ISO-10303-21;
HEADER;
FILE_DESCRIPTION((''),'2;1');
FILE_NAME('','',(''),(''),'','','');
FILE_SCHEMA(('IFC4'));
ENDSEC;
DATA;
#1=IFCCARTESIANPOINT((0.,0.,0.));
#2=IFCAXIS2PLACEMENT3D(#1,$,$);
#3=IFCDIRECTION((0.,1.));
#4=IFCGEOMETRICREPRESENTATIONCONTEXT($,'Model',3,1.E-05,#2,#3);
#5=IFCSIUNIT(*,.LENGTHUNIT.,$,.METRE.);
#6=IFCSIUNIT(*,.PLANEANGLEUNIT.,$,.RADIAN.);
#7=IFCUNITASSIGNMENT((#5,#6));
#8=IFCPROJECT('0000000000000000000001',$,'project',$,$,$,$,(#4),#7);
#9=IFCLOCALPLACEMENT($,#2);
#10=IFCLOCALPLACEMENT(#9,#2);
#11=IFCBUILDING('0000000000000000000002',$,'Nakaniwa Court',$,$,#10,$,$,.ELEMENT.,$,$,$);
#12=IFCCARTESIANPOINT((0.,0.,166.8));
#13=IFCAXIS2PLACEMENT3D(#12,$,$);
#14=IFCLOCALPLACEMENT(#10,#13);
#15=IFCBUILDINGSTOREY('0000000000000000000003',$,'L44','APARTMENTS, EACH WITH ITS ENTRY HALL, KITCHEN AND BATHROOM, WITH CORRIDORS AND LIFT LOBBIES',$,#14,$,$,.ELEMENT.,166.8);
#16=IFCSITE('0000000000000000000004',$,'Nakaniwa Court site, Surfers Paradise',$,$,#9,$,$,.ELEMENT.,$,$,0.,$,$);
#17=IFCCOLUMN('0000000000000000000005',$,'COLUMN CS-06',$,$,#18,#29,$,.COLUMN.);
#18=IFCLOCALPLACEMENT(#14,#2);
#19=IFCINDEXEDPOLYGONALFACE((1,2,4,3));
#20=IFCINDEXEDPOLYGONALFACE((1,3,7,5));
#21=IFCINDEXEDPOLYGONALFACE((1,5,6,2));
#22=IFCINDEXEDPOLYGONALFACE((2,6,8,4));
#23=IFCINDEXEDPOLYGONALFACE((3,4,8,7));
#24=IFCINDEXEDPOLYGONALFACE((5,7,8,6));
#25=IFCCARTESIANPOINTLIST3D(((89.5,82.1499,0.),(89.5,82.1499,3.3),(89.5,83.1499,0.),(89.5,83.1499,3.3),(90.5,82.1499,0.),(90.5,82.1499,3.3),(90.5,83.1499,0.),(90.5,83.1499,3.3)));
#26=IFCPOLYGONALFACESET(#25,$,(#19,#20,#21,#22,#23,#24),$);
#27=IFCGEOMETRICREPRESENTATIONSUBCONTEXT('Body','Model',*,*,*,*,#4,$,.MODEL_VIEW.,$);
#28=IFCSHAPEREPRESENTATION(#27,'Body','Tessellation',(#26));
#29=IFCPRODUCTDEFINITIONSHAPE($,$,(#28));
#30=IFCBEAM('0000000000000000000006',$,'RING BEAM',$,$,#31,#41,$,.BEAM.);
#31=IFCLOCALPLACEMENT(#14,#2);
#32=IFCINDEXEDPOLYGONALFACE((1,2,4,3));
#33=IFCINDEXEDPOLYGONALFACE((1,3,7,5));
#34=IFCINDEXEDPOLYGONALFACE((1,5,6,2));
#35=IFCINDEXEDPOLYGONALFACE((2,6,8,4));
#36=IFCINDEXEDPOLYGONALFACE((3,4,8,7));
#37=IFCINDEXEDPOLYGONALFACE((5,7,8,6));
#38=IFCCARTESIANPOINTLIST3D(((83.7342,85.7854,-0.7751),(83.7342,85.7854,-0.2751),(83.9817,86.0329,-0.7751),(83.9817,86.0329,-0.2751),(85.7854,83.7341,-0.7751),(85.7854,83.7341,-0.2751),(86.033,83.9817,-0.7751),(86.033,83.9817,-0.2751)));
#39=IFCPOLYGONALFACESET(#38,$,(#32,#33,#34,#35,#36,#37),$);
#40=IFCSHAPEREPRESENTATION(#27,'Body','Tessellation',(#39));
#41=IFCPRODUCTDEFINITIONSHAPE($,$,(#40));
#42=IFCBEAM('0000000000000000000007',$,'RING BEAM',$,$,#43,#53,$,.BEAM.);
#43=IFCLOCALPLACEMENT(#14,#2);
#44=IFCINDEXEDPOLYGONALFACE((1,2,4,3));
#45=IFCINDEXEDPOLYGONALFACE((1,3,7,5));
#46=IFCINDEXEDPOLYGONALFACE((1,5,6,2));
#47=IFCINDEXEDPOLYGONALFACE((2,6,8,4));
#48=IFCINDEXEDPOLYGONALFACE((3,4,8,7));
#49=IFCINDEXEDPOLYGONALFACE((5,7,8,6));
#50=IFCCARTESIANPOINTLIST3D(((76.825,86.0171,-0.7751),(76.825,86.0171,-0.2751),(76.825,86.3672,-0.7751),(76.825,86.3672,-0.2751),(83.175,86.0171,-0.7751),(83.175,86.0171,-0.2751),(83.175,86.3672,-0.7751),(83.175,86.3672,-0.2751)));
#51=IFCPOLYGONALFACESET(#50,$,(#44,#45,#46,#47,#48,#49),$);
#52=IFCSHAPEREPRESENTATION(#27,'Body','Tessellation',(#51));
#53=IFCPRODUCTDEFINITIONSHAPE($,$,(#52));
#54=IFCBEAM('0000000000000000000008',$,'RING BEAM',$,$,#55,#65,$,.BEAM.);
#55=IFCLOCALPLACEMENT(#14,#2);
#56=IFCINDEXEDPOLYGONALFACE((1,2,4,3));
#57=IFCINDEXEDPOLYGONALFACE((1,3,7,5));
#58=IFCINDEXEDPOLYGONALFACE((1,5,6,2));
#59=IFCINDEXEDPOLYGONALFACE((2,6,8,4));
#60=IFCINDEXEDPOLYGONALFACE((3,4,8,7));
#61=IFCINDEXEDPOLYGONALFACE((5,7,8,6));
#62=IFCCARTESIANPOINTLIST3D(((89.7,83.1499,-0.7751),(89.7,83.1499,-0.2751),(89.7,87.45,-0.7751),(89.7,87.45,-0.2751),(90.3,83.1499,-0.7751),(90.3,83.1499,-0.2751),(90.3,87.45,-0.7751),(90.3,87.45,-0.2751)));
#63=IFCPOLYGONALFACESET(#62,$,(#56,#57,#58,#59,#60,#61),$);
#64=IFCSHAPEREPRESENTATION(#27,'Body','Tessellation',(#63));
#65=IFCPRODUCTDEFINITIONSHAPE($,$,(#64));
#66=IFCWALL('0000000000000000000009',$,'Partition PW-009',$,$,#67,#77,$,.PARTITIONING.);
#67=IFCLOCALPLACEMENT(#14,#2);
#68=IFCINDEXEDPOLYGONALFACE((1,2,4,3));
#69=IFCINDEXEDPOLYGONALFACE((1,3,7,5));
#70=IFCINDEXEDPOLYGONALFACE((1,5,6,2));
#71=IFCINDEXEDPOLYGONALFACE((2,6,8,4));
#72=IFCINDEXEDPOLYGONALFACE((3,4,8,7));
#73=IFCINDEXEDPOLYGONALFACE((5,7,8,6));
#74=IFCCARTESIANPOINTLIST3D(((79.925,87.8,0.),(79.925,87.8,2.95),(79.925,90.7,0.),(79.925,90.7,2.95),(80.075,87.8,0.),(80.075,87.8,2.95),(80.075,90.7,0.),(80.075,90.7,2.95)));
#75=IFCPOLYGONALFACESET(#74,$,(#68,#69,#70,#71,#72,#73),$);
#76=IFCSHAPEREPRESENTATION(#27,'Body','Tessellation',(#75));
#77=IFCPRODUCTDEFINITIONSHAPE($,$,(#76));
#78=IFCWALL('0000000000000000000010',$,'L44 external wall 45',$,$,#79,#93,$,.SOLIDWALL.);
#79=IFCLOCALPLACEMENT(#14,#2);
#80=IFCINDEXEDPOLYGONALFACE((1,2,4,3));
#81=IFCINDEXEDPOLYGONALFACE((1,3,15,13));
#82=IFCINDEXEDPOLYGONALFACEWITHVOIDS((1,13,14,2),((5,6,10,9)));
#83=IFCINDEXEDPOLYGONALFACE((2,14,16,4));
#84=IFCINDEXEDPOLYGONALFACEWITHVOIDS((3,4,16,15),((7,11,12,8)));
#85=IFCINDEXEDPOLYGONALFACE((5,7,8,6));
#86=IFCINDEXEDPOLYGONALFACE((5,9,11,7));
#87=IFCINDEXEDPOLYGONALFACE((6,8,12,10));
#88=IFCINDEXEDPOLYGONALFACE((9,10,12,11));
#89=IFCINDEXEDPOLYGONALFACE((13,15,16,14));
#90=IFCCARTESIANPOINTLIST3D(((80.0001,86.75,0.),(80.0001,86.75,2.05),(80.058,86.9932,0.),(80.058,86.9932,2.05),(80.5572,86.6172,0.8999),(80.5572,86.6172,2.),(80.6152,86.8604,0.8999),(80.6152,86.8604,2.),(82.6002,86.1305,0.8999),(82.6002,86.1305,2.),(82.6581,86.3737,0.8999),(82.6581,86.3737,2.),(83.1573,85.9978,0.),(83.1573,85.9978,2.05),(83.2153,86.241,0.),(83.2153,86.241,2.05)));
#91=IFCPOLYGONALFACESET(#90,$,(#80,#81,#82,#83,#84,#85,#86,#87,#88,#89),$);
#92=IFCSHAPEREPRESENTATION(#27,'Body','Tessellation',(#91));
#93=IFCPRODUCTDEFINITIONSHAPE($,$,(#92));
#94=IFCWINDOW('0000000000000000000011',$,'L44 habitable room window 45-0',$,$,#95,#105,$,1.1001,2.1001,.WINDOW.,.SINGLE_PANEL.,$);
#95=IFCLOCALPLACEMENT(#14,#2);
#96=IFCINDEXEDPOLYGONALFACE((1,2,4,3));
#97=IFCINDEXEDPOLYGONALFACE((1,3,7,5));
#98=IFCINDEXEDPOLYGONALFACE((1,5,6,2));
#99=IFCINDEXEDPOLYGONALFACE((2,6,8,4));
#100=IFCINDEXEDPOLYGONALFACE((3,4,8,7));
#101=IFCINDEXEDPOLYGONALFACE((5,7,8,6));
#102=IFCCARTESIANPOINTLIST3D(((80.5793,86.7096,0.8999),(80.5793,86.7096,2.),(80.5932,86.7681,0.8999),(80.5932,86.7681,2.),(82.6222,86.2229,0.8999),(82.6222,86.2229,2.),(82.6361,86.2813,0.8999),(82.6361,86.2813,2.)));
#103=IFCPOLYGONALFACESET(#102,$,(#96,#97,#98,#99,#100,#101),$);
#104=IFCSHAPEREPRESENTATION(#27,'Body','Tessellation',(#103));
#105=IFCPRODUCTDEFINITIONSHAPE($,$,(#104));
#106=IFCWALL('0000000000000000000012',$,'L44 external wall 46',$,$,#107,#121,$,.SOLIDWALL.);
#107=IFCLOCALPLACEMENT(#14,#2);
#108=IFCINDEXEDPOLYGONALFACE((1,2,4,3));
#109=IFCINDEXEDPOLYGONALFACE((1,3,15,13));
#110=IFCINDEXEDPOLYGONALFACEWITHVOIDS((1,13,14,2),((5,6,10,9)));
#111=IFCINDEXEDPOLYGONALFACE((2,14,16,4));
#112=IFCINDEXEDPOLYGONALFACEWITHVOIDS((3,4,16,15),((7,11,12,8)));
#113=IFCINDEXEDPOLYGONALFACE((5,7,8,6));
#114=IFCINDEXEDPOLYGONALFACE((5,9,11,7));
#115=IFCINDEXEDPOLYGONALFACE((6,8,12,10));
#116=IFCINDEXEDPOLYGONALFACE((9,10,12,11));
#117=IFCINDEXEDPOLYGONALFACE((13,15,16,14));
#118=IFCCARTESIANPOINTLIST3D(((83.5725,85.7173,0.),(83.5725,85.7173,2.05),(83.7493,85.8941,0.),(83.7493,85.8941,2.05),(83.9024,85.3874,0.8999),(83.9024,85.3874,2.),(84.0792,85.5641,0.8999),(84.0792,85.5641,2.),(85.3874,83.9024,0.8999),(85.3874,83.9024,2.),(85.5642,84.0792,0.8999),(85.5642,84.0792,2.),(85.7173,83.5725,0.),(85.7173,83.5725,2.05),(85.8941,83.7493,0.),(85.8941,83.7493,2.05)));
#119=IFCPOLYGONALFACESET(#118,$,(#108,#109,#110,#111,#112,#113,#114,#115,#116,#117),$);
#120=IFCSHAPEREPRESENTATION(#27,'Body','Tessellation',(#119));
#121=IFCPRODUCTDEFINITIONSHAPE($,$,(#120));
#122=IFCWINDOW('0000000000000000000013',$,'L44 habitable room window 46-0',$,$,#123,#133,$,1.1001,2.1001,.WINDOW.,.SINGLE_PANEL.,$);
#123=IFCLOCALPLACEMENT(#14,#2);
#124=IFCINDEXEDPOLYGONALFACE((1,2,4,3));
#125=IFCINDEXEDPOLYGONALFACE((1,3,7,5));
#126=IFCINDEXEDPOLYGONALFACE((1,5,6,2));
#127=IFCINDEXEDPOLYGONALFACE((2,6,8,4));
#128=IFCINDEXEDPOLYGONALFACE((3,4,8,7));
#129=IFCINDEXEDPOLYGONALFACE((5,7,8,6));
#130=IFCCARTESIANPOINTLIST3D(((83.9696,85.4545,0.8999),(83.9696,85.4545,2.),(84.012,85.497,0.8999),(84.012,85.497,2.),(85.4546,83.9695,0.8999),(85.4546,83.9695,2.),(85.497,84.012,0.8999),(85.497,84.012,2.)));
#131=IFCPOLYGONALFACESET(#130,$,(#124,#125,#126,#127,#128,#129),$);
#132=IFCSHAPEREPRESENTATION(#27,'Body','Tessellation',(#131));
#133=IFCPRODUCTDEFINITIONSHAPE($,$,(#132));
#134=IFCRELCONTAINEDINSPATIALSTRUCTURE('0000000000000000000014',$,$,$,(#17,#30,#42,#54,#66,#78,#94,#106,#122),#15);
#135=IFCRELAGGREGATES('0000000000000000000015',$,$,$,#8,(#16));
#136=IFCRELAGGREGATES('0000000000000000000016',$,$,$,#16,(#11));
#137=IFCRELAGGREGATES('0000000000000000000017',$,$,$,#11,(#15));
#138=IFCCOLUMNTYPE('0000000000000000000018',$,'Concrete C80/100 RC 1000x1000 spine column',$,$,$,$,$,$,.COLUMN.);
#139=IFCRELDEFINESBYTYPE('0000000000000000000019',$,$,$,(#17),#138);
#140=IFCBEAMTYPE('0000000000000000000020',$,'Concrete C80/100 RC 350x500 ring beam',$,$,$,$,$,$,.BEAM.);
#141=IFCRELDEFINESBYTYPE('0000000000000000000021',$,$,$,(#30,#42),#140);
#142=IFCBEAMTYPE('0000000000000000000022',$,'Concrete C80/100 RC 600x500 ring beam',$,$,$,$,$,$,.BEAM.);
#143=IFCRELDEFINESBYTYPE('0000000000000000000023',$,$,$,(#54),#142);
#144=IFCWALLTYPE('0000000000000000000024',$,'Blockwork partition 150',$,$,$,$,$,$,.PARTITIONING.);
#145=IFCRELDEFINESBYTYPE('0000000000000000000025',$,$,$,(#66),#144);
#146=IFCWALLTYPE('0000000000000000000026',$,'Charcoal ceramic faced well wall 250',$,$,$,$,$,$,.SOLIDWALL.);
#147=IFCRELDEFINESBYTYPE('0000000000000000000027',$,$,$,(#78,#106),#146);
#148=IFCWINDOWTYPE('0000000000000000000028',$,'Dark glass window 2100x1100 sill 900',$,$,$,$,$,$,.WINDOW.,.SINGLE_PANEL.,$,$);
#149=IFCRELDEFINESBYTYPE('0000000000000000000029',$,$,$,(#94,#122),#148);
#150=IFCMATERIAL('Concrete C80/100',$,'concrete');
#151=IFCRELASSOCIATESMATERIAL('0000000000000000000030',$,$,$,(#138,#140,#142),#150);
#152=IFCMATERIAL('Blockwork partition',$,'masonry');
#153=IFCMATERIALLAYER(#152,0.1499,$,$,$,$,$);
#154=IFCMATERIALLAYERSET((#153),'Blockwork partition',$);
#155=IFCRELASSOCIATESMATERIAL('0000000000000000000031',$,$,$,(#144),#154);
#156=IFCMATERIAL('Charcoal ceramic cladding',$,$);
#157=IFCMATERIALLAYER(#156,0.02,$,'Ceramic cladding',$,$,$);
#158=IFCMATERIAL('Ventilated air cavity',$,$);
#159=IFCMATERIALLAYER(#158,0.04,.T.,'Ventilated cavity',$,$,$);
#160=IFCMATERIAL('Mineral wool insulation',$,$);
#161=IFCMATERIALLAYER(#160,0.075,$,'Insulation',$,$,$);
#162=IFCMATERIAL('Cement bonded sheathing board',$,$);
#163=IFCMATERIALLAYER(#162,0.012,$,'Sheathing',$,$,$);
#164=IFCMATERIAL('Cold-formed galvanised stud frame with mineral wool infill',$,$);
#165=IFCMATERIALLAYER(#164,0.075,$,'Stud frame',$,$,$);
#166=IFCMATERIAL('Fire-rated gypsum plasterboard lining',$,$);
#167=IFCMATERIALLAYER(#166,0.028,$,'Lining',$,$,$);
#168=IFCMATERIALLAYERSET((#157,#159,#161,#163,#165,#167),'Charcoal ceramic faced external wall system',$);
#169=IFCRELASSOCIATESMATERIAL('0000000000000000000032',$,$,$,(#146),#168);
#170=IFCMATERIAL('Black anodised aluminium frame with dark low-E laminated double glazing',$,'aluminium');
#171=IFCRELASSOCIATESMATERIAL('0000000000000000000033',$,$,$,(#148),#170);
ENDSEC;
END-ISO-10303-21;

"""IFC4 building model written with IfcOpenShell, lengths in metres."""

from ifc_helpers import new_model, si_unit, direction, frame, frame_2d, origin, origin_2d, place, context, subcontext, project, spatial, rectangle, extrude, material, layer, layer_set, material_profile, profile_set, type_object, element, fill, save


model = new_model("IFC4")

# Units and contexts
model_context = context("Model", 3, precision=1e-05, world=origin(), true_north=direction((0.0, 1.0)))
body_context = subcontext(model_context, "Body", "Model", "MODEL_VIEW")
ifc_project = project(units=[si_unit("LENGTHUNIT", "METRE"), si_unit("PLANEANGLEUNIT", "RADIAN")], contexts=[model_context])

# Site, building, storey
site_placement = place(None, origin())
site = spatial("IfcSite", under=ifc_project, at=site_placement, Name="Nakaniwa Court site, Surfers Paradise", CompositionType="ELEMENT", RefElevation=0.0)
building_placement = place(site_placement, origin())
building = spatial("IfcBuilding", under=site, at=building_placement, Name="Nakaniwa Court", CompositionType="ELEMENT")
storey_placement = place(building_placement, frame((0.0, 0.0, 166.8)))
storey = spatial("IfcBuildingStorey", under=building, at=storey_placement, Name="L44", Description="APARTMENTS, EACH WITH ITS ENTRY HALL, KITCHEN AND BATHROOM, WITH CORRIDORS AND LIFT LOBBIES", CompositionType="ELEMENT", Elevation=166.8)

# Column
ifc_material_1 = material(Name="Concrete C80/100", Category="concrete")
ifc_material_profile_1 = material_profile(ifc_material_1, rectangle(XDim=1.0, YDim=1.0, at=origin_2d()), Name="Concrete C80/100 RC 1000x1000 spine column")
ifc_profile_set_1 = profile_set([ifc_material_profile_1], Name="Concrete C80/100")
column_type_1 = type_object("IfcColumnType", Name="Concrete C80/100 RC 1000x1000 spine column", PredefinedType="COLUMN", material=ifc_profile_set_1)
column_placement = place(storey_placement, frame((90.0, 82.6499, 0.0), z_axis=(0.0, 0.0, 1.0), x_axis=(0.0, 1.0, 0.0)))
element("IfcColumn", 1, at=column_placement, inside=storey, type_object=column_type_1, Name="COLUMN CS-06", PredefinedType="COLUMN", context=body_context, shape_type="SweptSolid", body=[
    extrude(rectangle(XDim=1.0, YDim=1.0, at=origin_2d()), origin(), (0.0, 0.0, 1.0), 3.3),
])

# Beams
ifc_material_profile_2 = material_profile(ifc_material_1, rectangle(XDim=0.3501, YDim=0.5, at=origin_2d()), Name="Concrete C80/100 RC 350x500 ring beam")
ifc_profile_set_2 = profile_set([ifc_material_profile_2], Name="Concrete C80/100")
beam_type_1 = type_object("IfcBeamType", Name="Concrete C80/100 RC 350x500 ring beam", PredefinedType="BEAM", material=ifc_profile_set_2)
beam_1_placement = place(storey_placement, frame((85.9092, 83.8579, -0.5251), z_axis=(-0.707107, 0.707107, 0.0), x_axis=(-0.707107, -0.707107, 0.0)))
element("IfcBeam", 2, at=beam_1_placement, inside=storey, type_object=beam_type_1, Name="RING BEAM", PredefinedType="BEAM", context=body_context, shape_type="SweptSolid", body=[
    extrude(rectangle(XDim=0.3501, YDim=0.5, at=origin_2d()), origin(), (0.0, 0.0, 1.0), 2.9009),
])
beam_2_placement = place(storey_placement, frame((83.175, 86.1921, -0.5251), z_axis=(-1.0, 0.0, 0.0), x_axis=(0.0, -1.0, 0.0)))
element("IfcBeam", 3, at=beam_2_placement, inside=storey, type_object=beam_type_1, Name="RING BEAM", PredefinedType="BEAM", context=body_context, shape_type="SweptSolid", body=[
    extrude(rectangle(XDim=0.3501, YDim=0.5, at=origin_2d()), origin(), (0.0, 0.0, 1.0), 6.3501),
])
ifc_material_profile_3 = material_profile(ifc_material_1, rectangle(XDim=0.6001, YDim=0.5, at=origin_2d()), Name="Concrete C80/100 RC 600x500 ring beam")
ifc_profile_set_3 = profile_set([ifc_material_profile_3], Name="Concrete C80/100")
beam_type_2 = type_object("IfcBeamType", Name="Concrete C80/100 RC 600x500 ring beam", PredefinedType="BEAM", material=ifc_profile_set_3)
beam_3_placement = place(storey_placement, frame((90.0, 83.1499, -0.5251), z_axis=(0.0, 1.0, 0.0), x_axis=(-1.0, 0.0, 0.0)))
element("IfcBeam", 4, at=beam_3_placement, inside=storey, type_object=beam_type_2, Name="RING BEAM", PredefinedType="BEAM", context=body_context, shape_type="SweptSolid", body=[
    extrude(rectangle(XDim=0.6001, YDim=0.5, at=origin_2d()), origin(), (0.0, 0.0, 1.0), 4.3),
])

# Wall
ifc_material_2 = material(Name="Blockwork partition", Category="masonry")
ifc_layer_1 = layer(ifc_material_2, 0.1499)
ifc_layer_set_1 = layer_set([ifc_layer_1], Name="Blockwork partition")
wall_type_1 = type_object("IfcWallType", Name="Blockwork partition 150", PredefinedType="PARTITIONING", material=ifc_layer_set_1)
wall_1_placement = place(storey_placement, frame((80.0, 87.8, 0.0), z_axis=(0.0, 0.0, 1.0), x_axis=(0.0, 1.0, 0.0)))
element("IfcWall", 5, at=wall_1_placement, inside=storey, type_object=wall_type_1, Name="Partition PW-009", PredefinedType="PARTITIONING", context=body_context, shape_type="SweptSolid", body=[
    extrude(rectangle(XDim=2.8999, YDim=0.1499, at=frame_2d((1.45, 0.0))), origin(), (0.0, 0.0, 1.0), 2.95),
])

# Walls, openings, windows
ifc_material_3 = material(Name="Charcoal ceramic cladding")
ifc_layer_2 = layer(ifc_material_3, 0.02, Name="Ceramic cladding")
ifc_material_4 = material(Name="Ventilated air cavity")
ifc_layer_3 = layer(ifc_material_4, 0.04, ventilated=True, Name="Ventilated cavity")
ifc_material_5 = material(Name="Mineral wool insulation")
ifc_layer_4 = layer(ifc_material_5, 0.075, Name="Insulation")
ifc_material_6 = material(Name="Cement bonded sheathing board")
ifc_layer_5 = layer(ifc_material_6, 0.012, Name="Sheathing")
ifc_material_7 = material(Name="Cold-formed galvanised stud frame with mineral wool infill")
ifc_layer_6 = layer(ifc_material_7, 0.075, Name="Stud frame")
ifc_material_8 = material(Name="Fire-rated gypsum plasterboard lining")
ifc_layer_7 = layer(ifc_material_8, 0.028, Name="Lining")
ifc_layer_set_2 = layer_set([ifc_layer_2, ifc_layer_3, ifc_layer_4, ifc_layer_5, ifc_layer_6, ifc_layer_7], Name="Charcoal ceramic faced external wall system")
wall_type_2 = type_object("IfcWallType", Name="Charcoal ceramic faced well wall 250", PredefinedType="SOLIDWALL", material=ifc_layer_set_2)
wall_2_placement = place(storey_placement, frame((80.0291, 86.8716, 0.0), z_axis=(0.0, 0.0, 1.0), x_axis=(0.972773, -0.23176, 0.0)))
wall_2 = element("IfcWall", 6, at=wall_2_placement, inside=storey, type_object=wall_type_2, Name="L44 external wall 45", PredefinedType="SOLIDWALL", context=body_context, shape_type="SweptSolid", body=[
    extrude(rectangle(XDim=3.2456, YDim=0.25, at=frame_2d((1.6228, 0.0))), origin(), (0.0, 0.0, 1.0), 2.05),
])
opening_1_placement = place(wall_2_placement, frame((0.5728, 0.0, 0.8999)))
opening_1 = element("IfcOpeningElement", 7, at=opening_1_placement, cuts=wall_2, PredefinedType="OPENING", context=body_context, shape_type="SweptSolid", body=[
    extrude(rectangle(XDim=2.1001, YDim=1.1001, at=frame_2d((1.05, 0.55))), frame((0.0, 0.135, 0.0), z_axis=(0.0, -1.0, 0.0), x_axis=(1.0, 0.0, 0.0)), (0.0, 0.0, 1.0), 0.27),
])
ifc_material_9 = material(Name="Black anodised aluminium frame with dark low-E laminated double glazing", Category="aluminium")
window_type_1 = type_object("IfcWindowType", Name="Dark glass window 2100x1100 sill 900", PartitioningType="SINGLE_PANEL", PredefinedType="WINDOW", material=ifc_material_9)
window_1_placement = place(opening_1_placement, origin())
window_1 = element("IfcWindow", 8, at=window_1_placement, inside=storey, type_object=window_type_1, Name="L44 habitable room window 45-0", OverallHeight=1.1001, OverallWidth=2.1001, PartitioningType="SINGLE_PANEL", PredefinedType="WINDOW", context=body_context, shape_type="SweptSolid", body=[
    extrude(rectangle(XDim=2.1001, YDim=1.1001, at=frame_2d((1.05, 0.55))), frame((0.0, 0.03, 0.0), z_axis=(0.0, -1.0, 0.0), x_axis=(1.0, 0.0, 0.0)), (0.0, 0.0, 1.0), 0.0601),
])
fill(opening_1, window_1)
wall_3_placement = place(storey_placement, frame((83.6609, 85.8057, 0.0), z_axis=(0.0, 0.0, 1.0), x_axis=(0.707107, -0.707107, 0.0)))
wall_3 = element("IfcWall", 9, at=wall_3_placement, inside=storey, type_object=wall_type_2, Name="L44 external wall 46", PredefinedType="SOLIDWALL", context=body_context, shape_type="SweptSolid", body=[
    extrude(rectangle(XDim=3.0332, YDim=0.25, at=frame_2d((1.5166, 0.0))), origin(), (0.0, 0.0, 1.0), 2.05),
])
opening_2_placement = place(wall_3_placement, frame((0.4666, 0.0, 0.8999)))
opening_2 = element("IfcOpeningElement", 10, at=opening_2_placement, cuts=wall_3, PredefinedType="OPENING", context=body_context, shape_type="SweptSolid", body=[
    extrude(rectangle(XDim=2.1001, YDim=1.1001, at=frame_2d((1.05, 0.55))), frame((0.0, 0.135, 0.0), z_axis=(0.0, -1.0, 0.0), x_axis=(1.0, 0.0, 0.0)), (0.0, 0.0, 1.0), 0.27),
])
window_2_placement = place(opening_2_placement, origin())
window_2 = element("IfcWindow", 11, at=window_2_placement, inside=storey, type_object=window_type_1, Name="L44 habitable room window 46-0", OverallHeight=1.1001, OverallWidth=2.1001, PartitioningType="SINGLE_PANEL", PredefinedType="WINDOW", context=body_context, shape_type="SweptSolid", body=[
    extrude(rectangle(XDim=2.1001, YDim=1.1001, at=frame_2d((1.05, 0.55))), frame((0.0, 0.03, 0.0), z_axis=(0.0, -1.0, 0.0), x_axis=(1.0, 0.0, 0.0)), (0.0, 0.0, 1.0), 0.0601),
])
fill(opening_2, window_2)

save(model, "model.ifc")
